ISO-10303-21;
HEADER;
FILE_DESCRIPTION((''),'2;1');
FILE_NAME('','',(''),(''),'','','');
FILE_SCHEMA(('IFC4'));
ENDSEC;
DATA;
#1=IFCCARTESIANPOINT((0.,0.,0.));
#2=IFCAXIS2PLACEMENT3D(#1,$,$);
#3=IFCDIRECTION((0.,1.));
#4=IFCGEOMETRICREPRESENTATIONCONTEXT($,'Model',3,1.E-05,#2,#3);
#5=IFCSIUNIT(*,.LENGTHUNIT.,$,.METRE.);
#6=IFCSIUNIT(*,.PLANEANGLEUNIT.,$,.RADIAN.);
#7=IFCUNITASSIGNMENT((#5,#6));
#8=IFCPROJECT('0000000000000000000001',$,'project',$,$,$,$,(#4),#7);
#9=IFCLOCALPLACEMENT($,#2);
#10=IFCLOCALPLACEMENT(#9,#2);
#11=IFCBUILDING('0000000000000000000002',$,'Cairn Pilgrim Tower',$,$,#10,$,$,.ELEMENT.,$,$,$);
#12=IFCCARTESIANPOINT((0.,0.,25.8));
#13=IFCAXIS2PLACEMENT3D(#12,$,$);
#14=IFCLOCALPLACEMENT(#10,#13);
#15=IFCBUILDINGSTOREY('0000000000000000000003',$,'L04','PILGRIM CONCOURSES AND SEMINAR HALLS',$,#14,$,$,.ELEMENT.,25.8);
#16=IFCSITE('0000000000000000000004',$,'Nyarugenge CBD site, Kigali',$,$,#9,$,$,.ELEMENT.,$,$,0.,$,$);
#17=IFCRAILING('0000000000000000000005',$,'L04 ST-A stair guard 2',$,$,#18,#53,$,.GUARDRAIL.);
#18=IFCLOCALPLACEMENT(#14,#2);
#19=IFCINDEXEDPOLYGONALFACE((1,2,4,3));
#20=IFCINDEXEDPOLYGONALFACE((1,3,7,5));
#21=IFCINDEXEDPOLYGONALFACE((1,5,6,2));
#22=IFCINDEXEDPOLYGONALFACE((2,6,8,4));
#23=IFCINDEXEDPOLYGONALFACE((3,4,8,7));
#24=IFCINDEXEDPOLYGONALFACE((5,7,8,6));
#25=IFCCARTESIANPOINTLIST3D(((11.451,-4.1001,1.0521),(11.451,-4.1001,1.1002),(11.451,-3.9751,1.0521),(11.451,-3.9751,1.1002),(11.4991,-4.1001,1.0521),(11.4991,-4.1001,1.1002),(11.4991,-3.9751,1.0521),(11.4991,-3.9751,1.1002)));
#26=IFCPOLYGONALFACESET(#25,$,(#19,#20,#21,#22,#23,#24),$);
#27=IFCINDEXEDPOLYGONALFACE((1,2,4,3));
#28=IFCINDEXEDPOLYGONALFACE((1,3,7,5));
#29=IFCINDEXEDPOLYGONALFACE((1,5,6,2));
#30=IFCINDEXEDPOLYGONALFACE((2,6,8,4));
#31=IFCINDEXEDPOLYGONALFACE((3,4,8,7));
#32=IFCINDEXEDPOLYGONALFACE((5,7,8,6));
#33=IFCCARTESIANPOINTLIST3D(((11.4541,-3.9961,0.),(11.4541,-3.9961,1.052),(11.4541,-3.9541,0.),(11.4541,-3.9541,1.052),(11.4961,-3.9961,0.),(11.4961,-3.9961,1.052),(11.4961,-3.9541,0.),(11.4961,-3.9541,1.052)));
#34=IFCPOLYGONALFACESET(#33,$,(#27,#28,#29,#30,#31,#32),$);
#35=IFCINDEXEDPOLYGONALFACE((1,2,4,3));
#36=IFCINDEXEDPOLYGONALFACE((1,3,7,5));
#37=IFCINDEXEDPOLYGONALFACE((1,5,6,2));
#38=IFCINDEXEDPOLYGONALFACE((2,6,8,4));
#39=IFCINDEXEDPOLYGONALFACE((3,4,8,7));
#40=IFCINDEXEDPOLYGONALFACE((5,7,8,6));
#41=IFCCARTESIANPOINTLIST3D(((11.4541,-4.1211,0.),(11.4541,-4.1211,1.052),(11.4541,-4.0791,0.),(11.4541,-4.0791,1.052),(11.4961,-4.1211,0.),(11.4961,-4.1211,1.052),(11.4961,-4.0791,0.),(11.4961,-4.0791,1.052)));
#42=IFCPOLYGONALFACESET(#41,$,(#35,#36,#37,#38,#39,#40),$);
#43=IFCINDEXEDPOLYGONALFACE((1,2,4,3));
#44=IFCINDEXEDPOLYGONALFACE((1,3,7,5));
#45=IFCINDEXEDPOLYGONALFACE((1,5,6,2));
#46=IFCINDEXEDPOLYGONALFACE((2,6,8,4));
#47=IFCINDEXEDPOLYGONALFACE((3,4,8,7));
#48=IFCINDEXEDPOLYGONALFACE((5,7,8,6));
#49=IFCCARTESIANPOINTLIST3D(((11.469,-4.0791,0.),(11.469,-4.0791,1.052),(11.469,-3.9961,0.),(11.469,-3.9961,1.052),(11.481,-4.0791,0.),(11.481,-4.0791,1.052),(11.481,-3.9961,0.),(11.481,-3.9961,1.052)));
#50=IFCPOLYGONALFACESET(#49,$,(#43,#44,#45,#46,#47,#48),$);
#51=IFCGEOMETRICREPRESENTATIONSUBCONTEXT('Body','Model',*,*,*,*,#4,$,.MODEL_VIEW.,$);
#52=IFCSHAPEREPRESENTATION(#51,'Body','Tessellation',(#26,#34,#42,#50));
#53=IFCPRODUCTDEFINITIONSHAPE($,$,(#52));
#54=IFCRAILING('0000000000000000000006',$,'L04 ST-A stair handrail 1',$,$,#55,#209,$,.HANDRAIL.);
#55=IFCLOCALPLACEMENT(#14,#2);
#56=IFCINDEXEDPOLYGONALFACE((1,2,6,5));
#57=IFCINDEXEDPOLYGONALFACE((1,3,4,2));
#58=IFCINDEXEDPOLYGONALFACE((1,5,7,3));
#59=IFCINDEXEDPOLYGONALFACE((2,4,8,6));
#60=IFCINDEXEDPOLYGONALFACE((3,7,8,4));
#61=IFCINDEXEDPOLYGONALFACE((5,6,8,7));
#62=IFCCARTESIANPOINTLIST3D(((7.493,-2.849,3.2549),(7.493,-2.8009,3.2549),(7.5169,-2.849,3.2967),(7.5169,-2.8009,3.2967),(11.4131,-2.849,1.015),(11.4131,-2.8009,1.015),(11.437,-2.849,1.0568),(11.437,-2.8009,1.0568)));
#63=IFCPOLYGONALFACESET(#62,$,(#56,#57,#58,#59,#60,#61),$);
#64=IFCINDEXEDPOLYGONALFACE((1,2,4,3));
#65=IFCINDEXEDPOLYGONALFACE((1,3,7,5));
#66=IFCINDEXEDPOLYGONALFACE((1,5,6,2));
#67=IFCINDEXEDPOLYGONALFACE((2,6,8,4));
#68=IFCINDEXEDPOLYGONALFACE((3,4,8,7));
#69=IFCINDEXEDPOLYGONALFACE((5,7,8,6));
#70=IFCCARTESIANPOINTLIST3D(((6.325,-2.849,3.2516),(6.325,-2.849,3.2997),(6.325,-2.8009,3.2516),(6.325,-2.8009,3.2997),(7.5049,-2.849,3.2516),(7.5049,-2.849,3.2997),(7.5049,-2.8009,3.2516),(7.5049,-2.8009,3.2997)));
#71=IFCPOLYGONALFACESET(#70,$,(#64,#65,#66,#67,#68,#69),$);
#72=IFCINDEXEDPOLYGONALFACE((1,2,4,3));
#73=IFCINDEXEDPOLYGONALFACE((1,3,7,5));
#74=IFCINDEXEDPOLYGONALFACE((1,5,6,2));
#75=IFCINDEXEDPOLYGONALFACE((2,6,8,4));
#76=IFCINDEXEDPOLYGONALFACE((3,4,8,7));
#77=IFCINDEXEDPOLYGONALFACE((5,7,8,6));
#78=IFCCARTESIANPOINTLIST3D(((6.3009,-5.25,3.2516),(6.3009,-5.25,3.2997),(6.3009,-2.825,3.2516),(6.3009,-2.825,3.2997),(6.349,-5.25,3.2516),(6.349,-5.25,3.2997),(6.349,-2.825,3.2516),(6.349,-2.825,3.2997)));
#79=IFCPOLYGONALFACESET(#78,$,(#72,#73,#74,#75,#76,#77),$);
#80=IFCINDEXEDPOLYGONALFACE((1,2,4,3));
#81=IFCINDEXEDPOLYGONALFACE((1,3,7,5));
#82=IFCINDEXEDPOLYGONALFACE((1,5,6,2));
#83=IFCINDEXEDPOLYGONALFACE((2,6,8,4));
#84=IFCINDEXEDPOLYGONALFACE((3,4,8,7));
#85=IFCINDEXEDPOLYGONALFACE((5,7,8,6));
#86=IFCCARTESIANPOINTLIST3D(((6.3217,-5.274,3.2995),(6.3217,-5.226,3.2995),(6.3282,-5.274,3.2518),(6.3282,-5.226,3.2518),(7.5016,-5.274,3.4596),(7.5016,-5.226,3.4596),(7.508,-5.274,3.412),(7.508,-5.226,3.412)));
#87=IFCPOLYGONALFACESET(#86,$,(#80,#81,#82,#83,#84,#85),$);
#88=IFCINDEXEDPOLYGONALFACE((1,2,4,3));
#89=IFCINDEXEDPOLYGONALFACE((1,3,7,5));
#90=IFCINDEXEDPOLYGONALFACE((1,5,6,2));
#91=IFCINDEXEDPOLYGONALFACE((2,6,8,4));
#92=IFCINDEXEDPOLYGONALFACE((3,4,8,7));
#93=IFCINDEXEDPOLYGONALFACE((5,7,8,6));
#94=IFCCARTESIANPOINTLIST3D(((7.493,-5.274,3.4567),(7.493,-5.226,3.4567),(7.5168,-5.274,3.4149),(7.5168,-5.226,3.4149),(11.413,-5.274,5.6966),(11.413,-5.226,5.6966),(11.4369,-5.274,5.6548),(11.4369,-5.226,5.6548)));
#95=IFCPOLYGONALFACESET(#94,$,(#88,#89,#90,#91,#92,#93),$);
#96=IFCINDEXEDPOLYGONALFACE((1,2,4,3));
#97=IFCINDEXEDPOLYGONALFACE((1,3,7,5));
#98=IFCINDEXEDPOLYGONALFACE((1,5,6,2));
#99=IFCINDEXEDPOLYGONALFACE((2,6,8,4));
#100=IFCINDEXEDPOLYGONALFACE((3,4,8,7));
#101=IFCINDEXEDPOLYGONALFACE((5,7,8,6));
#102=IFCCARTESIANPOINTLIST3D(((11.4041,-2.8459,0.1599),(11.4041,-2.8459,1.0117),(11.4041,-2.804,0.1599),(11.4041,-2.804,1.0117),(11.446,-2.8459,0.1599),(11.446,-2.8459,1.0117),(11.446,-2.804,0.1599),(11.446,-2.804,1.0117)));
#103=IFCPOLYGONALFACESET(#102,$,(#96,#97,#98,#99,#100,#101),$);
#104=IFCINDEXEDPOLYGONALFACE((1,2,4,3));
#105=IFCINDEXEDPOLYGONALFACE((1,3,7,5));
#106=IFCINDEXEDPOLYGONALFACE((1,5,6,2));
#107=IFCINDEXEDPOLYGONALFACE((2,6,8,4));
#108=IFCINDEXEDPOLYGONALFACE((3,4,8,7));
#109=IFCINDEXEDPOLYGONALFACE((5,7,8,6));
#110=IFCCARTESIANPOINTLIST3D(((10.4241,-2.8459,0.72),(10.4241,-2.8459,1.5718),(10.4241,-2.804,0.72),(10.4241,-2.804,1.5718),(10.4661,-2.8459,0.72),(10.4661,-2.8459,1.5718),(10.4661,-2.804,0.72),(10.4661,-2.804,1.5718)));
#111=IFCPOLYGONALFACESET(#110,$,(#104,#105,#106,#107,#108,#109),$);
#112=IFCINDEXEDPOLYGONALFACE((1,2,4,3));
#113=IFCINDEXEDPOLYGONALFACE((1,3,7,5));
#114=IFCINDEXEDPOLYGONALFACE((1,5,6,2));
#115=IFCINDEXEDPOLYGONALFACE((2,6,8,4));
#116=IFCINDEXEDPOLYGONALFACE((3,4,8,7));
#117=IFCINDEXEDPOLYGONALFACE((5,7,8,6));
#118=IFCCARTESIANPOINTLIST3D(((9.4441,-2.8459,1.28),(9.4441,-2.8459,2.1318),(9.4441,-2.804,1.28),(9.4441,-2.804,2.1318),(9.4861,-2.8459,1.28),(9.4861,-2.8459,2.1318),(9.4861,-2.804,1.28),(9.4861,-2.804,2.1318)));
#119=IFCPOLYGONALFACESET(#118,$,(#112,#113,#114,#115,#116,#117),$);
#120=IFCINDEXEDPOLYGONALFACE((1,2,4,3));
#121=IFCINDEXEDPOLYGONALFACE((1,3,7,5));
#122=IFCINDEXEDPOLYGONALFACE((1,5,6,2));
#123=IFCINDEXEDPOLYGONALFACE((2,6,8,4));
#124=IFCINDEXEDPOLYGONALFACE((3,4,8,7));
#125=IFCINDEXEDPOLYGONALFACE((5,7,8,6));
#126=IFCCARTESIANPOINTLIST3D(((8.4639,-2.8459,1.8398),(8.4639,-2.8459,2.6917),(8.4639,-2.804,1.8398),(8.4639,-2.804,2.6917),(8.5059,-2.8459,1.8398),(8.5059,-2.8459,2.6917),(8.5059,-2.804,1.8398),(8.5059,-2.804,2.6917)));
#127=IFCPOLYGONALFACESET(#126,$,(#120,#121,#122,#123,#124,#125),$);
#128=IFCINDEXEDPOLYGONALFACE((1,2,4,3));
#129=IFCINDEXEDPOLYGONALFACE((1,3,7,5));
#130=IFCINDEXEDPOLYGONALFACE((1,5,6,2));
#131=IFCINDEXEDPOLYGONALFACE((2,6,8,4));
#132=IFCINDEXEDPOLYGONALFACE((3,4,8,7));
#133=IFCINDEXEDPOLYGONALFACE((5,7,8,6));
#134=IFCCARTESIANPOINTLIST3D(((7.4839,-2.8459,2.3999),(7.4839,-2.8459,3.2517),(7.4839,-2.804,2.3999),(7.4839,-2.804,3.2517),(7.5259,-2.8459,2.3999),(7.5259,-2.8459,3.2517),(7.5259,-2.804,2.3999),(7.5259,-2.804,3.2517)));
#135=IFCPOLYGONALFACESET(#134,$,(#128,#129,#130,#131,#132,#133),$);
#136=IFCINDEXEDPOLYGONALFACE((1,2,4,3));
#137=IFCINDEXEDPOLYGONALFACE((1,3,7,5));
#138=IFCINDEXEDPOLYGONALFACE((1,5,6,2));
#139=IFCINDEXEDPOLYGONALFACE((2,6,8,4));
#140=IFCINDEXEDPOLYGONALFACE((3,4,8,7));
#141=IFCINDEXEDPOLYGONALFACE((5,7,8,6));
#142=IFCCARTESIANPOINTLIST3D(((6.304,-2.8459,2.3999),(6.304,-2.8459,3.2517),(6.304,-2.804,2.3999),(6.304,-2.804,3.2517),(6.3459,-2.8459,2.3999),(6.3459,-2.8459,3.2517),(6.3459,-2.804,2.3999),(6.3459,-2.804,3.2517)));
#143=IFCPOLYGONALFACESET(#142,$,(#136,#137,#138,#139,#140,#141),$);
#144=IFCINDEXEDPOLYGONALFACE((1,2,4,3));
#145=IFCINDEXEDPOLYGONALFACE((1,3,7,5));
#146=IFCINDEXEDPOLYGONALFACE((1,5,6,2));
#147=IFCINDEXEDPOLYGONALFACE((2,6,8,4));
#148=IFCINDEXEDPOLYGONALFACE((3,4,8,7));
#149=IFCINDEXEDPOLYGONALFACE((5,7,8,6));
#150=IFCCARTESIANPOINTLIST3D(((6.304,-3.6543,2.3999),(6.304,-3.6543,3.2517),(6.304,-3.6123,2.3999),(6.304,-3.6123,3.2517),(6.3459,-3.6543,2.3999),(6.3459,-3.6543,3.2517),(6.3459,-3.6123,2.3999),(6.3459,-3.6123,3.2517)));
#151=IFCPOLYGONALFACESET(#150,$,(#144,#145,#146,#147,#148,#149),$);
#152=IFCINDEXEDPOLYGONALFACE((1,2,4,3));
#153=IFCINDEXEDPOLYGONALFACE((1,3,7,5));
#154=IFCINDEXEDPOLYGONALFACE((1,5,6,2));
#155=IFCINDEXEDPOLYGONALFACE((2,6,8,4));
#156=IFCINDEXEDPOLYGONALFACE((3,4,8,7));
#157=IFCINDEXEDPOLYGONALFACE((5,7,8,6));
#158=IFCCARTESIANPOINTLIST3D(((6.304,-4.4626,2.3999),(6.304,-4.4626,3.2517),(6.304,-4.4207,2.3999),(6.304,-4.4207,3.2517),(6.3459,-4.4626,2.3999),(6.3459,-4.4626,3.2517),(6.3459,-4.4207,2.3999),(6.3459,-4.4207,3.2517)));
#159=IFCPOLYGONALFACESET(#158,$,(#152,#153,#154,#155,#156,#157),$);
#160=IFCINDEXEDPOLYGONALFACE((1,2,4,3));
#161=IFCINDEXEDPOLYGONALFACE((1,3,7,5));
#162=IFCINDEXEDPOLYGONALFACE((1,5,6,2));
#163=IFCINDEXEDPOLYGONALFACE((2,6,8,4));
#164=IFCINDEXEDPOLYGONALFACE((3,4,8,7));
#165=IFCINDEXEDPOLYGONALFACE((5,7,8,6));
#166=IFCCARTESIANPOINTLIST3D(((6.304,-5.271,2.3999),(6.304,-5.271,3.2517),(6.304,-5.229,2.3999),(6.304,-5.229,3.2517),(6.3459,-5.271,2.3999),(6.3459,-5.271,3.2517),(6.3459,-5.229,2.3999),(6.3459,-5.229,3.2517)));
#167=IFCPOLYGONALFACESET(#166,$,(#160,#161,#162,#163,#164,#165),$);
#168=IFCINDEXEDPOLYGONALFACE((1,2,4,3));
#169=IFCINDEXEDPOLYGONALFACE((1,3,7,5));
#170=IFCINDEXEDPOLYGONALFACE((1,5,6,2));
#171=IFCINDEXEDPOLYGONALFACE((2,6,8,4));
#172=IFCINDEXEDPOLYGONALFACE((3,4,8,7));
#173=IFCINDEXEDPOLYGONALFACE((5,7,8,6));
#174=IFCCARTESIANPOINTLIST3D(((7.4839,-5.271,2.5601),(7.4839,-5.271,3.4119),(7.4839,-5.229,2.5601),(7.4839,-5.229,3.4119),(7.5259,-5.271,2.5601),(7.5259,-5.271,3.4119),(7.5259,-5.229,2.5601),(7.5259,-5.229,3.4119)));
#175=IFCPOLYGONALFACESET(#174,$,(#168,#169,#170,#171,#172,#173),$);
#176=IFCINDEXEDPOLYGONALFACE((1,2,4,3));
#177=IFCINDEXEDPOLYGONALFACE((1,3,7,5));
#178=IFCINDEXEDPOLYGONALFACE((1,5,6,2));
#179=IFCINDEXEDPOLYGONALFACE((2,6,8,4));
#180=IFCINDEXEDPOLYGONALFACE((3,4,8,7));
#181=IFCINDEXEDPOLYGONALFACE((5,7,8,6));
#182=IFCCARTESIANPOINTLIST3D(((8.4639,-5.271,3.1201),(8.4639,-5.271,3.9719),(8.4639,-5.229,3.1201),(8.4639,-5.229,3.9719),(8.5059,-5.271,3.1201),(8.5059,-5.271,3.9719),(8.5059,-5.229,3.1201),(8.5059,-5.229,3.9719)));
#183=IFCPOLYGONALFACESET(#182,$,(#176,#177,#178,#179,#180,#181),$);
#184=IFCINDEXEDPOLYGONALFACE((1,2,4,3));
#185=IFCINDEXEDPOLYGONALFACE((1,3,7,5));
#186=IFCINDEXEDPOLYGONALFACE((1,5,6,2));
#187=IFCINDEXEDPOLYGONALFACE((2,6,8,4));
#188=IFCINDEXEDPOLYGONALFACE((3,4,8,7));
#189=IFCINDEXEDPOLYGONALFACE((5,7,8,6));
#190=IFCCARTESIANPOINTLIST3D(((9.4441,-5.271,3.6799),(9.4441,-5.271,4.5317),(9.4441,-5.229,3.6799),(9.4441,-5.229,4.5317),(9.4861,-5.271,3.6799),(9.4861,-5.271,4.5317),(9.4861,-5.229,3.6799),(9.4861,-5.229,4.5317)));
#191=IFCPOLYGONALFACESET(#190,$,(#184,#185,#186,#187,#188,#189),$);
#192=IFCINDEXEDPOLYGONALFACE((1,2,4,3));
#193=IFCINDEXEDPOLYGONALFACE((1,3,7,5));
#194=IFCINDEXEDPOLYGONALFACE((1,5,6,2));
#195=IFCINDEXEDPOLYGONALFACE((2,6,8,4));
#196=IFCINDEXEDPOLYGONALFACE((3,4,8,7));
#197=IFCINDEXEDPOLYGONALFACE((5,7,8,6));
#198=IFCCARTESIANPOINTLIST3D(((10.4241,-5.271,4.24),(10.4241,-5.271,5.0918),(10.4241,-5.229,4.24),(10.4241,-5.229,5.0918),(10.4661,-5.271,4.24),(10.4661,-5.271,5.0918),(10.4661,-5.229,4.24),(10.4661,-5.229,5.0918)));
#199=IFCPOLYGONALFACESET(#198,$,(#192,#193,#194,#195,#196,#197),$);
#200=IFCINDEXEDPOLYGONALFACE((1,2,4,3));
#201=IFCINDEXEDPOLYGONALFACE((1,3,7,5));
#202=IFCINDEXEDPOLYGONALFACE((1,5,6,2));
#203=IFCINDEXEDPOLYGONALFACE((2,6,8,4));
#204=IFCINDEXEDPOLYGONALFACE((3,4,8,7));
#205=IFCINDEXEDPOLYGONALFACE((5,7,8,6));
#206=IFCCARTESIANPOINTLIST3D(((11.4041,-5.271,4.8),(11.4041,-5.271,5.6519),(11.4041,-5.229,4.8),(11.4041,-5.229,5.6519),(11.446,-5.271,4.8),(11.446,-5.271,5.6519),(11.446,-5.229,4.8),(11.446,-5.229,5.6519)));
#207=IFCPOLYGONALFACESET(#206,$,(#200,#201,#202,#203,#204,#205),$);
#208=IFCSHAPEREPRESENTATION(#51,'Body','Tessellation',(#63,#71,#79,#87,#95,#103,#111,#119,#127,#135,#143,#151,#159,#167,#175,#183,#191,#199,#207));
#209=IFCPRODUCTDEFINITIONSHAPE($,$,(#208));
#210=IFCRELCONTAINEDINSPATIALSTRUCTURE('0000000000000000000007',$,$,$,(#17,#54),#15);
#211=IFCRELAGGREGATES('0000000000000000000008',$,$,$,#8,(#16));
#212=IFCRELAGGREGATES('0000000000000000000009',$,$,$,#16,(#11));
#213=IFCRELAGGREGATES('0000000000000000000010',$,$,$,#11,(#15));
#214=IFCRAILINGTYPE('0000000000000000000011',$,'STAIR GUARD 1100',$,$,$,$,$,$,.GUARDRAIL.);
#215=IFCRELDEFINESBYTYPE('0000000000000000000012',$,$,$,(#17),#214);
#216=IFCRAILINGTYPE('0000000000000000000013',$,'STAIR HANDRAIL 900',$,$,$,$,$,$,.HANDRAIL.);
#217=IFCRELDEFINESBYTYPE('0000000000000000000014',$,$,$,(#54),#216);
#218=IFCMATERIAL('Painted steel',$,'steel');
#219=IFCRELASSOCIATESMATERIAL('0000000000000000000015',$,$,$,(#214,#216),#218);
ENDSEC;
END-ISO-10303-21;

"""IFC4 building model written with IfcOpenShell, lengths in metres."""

from ifc_helpers import new_model, si_unit, direction, frame, origin, origin_2d, place, context, subcontext, project, spatial, polyline, rectangle, outline, extrude, material, type_object, element, save


model = new_model("IFC4")

# Units and contexts
model_context = context("Model", 3, precision=1e-05, world=origin(), true_north=direction((0.0, 1.0)))
body_context = subcontext(model_context, "Body", "Model", "MODEL_VIEW")
ifc_project = project(units=[si_unit("LENGTHUNIT", "METRE"), si_unit("PLANEANGLEUNIT", "RADIAN")], contexts=[model_context])

# Site, building, storey
site_placement = place(None, origin())
site = spatial("IfcSite", under=ifc_project, at=site_placement, Name="Nyarugenge CBD site, Kigali", CompositionType="ELEMENT", RefElevation=0.0)
building_placement = place(site_placement, origin())
building = spatial("IfcBuilding", under=site, at=building_placement, Name="Cairn Pilgrim Tower", CompositionType="ELEMENT")
storey_placement = place(building_placement, frame((0.0, 0.0, 25.8)))
storey = spatial("IfcBuildingStorey", under=building, at=storey_placement, Name="L04", Description="PILGRIM CONCOURSES AND SEMINAR HALLS", CompositionType="ELEMENT", Elevation=25.8)

# Railings
ifc_material_1 = material(Name="Painted steel", Category="steel")
railing_type_1 = type_object("IfcRailingType", Name="STAIR GUARD 1100", PredefinedType="GUARDRAIL", material=ifc_material_1)
railing_1_placement = place(storey_placement, frame((11.4751, -3.9751, 0.0)))
element("IfcRailing", 1, at=railing_1_placement, inside=storey, type_object=railing_type_1, Name="L04 ST-A stair guard 2", PredefinedType="GUARDRAIL", context=body_context, shape_type="SweptSolid", body=[
    extrude(rectangle(XDim=0.0481, YDim=0.0481, at=origin_2d()), frame((0.0, 0.0, 1.0762), z_axis=(0.0, -1.0, 0.0), x_axis=(1.0, 0.0, 0.0)), (0.0, 0.0, 1.0), 0.125),
    extrude(rectangle(XDim=0.042, YDim=0.042, at=origin_2d()), origin(), (0.0, 0.0, 1.0), 1.052),
    extrude(rectangle(XDim=0.042, YDim=0.042, at=origin_2d()), frame((0.0, -0.125, 0.0)), (0.0, 0.0, 1.0), 1.052),
    extrude(outline(polyline([(0.021, 0.0), (0.104, 0.0), (0.104, 1.052), (0.021, 1.052), (0.021, 0.0)])), frame((0.0059, 0.0, 0.0), z_axis=(-1.0, 0.0, 0.0), x_axis=(0.0, -1.0, 0.0)), (0.0, 0.0, 1.0), 0.012),
])
railing_type_2 = type_object("IfcRailingType", Name="STAIR HANDRAIL 900", PredefinedType="HANDRAIL", material=ifc_material_1)
railing_2_placement = place(storey_placement, frame((11.425, -2.825, 0.1599)))
element("IfcRailing", 2, at=railing_2_placement, inside=storey, type_object=railing_type_2, Name="L04 ST-A stair handrail 1", PredefinedType="HANDRAIL", context=body_context, shape_type="SweptSolid", body=[
    extrude(rectangle(XDim=0.0481, YDim=0.0481, at=origin_2d()), frame((0.0, 0.0, 0.876), z_axis=(-0.868253, 0.0, 0.496121), x_axis=(0.0, -1.0, 0.0)), (0.0, 0.0, 1.0), 4.5149),
    extrude(rectangle(XDim=0.0481, YDim=0.0481, at=origin_2d()), frame((-3.9202, 0.0, 3.1157), z_axis=(-1.0, 0.0, 0.0), x_axis=(0.0, -1.0, 0.0)), (0.0, 0.0, 1.0), 1.1799),
    extrude(rectangle(XDim=0.0481, YDim=0.0481, at=origin_2d()), frame((-5.1001, 0.0, 3.1157), z_axis=(0.0, -1.0, 0.0), x_axis=(1.0, 0.0, 0.0)), (0.0, 0.0, 1.0), 2.425),
    extrude(rectangle(XDim=0.0481, YDim=0.0481, at=origin_2d()), frame((-5.1001, -2.425, 3.1157), z_axis=(0.990914, 0.0, 0.1345), x_axis=(0.0, 1.0, 0.0)), (0.0, 0.0, 1.0), 1.1907),
    extrude(rectangle(XDim=0.0481, YDim=0.0481, at=origin_2d()), frame((-3.9202, -2.425, 3.2759), z_axis=(0.868253, 0.0, 0.496121), x_axis=(0.0, 1.0, 0.0)), (0.0, 0.0, 1.0), 4.5149),
    extrude(rectangle(XDim=0.042, YDim=0.042, at=origin_2d()), origin(), (0.0, 0.0, 1.0), 0.8518),
    extrude(rectangle(XDim=0.042, YDim=0.042, at=origin_2d()), frame((-0.98, 0.0, 0.5601)), (0.0, 0.0, 1.0), 0.8518),
    extrude(rectangle(XDim=0.042, YDim=0.042, at=origin_2d()), frame((-1.96, 0.0, 1.1201)), (0.0, 0.0, 1.0), 0.8518),
    extrude(rectangle(XDim=0.042, YDim=0.042, at=origin_2d()), frame((-2.9402, 0.0, 1.6799)), (0.0, 0.0, 1.0), 0.8518),
    extrude(rectangle(XDim=0.042, YDim=0.042, at=origin_2d()), frame((-3.9202, 0.0, 2.24)), (0.0, 0.0, 1.0), 0.8518),
    extrude(rectangle(XDim=0.042, YDim=0.042, at=origin_2d()), frame((-5.1001, 0.0, 2.24)), (0.0, 0.0, 1.0), 0.8518),
    extrude(rectangle(XDim=0.042, YDim=0.042, at=origin_2d()), frame((-5.1001, -0.8083, 2.24)), (0.0, 0.0, 1.0), 0.8518),
    extrude(rectangle(XDim=0.042, YDim=0.042, at=origin_2d()), frame((-5.1001, -1.6167, 2.24)), (0.0, 0.0, 1.0), 0.8518),
    extrude(rectangle(XDim=0.042, YDim=0.042, at=origin_2d()), frame((-5.1001, -2.425, 2.24)), (0.0, 0.0, 1.0), 0.8518),
    extrude(rectangle(XDim=0.042, YDim=0.042, at=origin_2d()), frame((-3.9202, -2.425, 2.4001)), (0.0, 0.0, 1.0), 0.8518),
    extrude(rectangle(XDim=0.042, YDim=0.042, at=origin_2d()), frame((-2.9402, -2.425, 2.9602)), (0.0, 0.0, 1.0), 0.8518),
    extrude(rectangle(XDim=0.042, YDim=0.042, at=origin_2d()), frame((-1.96, -2.425, 3.52)), (0.0, 0.0, 1.0), 0.8518),
    extrude(rectangle(XDim=0.042, YDim=0.042, at=origin_2d()), frame((-0.98, -2.425, 4.0801)), (0.0, 0.0, 1.0), 0.8518),
    extrude(rectangle(XDim=0.042, YDim=0.042, at=origin_2d()), frame((0.0, -2.425, 4.6401)), (0.0, 0.0, 1.0), 0.8518),
])

save(model, "model.ifc")
